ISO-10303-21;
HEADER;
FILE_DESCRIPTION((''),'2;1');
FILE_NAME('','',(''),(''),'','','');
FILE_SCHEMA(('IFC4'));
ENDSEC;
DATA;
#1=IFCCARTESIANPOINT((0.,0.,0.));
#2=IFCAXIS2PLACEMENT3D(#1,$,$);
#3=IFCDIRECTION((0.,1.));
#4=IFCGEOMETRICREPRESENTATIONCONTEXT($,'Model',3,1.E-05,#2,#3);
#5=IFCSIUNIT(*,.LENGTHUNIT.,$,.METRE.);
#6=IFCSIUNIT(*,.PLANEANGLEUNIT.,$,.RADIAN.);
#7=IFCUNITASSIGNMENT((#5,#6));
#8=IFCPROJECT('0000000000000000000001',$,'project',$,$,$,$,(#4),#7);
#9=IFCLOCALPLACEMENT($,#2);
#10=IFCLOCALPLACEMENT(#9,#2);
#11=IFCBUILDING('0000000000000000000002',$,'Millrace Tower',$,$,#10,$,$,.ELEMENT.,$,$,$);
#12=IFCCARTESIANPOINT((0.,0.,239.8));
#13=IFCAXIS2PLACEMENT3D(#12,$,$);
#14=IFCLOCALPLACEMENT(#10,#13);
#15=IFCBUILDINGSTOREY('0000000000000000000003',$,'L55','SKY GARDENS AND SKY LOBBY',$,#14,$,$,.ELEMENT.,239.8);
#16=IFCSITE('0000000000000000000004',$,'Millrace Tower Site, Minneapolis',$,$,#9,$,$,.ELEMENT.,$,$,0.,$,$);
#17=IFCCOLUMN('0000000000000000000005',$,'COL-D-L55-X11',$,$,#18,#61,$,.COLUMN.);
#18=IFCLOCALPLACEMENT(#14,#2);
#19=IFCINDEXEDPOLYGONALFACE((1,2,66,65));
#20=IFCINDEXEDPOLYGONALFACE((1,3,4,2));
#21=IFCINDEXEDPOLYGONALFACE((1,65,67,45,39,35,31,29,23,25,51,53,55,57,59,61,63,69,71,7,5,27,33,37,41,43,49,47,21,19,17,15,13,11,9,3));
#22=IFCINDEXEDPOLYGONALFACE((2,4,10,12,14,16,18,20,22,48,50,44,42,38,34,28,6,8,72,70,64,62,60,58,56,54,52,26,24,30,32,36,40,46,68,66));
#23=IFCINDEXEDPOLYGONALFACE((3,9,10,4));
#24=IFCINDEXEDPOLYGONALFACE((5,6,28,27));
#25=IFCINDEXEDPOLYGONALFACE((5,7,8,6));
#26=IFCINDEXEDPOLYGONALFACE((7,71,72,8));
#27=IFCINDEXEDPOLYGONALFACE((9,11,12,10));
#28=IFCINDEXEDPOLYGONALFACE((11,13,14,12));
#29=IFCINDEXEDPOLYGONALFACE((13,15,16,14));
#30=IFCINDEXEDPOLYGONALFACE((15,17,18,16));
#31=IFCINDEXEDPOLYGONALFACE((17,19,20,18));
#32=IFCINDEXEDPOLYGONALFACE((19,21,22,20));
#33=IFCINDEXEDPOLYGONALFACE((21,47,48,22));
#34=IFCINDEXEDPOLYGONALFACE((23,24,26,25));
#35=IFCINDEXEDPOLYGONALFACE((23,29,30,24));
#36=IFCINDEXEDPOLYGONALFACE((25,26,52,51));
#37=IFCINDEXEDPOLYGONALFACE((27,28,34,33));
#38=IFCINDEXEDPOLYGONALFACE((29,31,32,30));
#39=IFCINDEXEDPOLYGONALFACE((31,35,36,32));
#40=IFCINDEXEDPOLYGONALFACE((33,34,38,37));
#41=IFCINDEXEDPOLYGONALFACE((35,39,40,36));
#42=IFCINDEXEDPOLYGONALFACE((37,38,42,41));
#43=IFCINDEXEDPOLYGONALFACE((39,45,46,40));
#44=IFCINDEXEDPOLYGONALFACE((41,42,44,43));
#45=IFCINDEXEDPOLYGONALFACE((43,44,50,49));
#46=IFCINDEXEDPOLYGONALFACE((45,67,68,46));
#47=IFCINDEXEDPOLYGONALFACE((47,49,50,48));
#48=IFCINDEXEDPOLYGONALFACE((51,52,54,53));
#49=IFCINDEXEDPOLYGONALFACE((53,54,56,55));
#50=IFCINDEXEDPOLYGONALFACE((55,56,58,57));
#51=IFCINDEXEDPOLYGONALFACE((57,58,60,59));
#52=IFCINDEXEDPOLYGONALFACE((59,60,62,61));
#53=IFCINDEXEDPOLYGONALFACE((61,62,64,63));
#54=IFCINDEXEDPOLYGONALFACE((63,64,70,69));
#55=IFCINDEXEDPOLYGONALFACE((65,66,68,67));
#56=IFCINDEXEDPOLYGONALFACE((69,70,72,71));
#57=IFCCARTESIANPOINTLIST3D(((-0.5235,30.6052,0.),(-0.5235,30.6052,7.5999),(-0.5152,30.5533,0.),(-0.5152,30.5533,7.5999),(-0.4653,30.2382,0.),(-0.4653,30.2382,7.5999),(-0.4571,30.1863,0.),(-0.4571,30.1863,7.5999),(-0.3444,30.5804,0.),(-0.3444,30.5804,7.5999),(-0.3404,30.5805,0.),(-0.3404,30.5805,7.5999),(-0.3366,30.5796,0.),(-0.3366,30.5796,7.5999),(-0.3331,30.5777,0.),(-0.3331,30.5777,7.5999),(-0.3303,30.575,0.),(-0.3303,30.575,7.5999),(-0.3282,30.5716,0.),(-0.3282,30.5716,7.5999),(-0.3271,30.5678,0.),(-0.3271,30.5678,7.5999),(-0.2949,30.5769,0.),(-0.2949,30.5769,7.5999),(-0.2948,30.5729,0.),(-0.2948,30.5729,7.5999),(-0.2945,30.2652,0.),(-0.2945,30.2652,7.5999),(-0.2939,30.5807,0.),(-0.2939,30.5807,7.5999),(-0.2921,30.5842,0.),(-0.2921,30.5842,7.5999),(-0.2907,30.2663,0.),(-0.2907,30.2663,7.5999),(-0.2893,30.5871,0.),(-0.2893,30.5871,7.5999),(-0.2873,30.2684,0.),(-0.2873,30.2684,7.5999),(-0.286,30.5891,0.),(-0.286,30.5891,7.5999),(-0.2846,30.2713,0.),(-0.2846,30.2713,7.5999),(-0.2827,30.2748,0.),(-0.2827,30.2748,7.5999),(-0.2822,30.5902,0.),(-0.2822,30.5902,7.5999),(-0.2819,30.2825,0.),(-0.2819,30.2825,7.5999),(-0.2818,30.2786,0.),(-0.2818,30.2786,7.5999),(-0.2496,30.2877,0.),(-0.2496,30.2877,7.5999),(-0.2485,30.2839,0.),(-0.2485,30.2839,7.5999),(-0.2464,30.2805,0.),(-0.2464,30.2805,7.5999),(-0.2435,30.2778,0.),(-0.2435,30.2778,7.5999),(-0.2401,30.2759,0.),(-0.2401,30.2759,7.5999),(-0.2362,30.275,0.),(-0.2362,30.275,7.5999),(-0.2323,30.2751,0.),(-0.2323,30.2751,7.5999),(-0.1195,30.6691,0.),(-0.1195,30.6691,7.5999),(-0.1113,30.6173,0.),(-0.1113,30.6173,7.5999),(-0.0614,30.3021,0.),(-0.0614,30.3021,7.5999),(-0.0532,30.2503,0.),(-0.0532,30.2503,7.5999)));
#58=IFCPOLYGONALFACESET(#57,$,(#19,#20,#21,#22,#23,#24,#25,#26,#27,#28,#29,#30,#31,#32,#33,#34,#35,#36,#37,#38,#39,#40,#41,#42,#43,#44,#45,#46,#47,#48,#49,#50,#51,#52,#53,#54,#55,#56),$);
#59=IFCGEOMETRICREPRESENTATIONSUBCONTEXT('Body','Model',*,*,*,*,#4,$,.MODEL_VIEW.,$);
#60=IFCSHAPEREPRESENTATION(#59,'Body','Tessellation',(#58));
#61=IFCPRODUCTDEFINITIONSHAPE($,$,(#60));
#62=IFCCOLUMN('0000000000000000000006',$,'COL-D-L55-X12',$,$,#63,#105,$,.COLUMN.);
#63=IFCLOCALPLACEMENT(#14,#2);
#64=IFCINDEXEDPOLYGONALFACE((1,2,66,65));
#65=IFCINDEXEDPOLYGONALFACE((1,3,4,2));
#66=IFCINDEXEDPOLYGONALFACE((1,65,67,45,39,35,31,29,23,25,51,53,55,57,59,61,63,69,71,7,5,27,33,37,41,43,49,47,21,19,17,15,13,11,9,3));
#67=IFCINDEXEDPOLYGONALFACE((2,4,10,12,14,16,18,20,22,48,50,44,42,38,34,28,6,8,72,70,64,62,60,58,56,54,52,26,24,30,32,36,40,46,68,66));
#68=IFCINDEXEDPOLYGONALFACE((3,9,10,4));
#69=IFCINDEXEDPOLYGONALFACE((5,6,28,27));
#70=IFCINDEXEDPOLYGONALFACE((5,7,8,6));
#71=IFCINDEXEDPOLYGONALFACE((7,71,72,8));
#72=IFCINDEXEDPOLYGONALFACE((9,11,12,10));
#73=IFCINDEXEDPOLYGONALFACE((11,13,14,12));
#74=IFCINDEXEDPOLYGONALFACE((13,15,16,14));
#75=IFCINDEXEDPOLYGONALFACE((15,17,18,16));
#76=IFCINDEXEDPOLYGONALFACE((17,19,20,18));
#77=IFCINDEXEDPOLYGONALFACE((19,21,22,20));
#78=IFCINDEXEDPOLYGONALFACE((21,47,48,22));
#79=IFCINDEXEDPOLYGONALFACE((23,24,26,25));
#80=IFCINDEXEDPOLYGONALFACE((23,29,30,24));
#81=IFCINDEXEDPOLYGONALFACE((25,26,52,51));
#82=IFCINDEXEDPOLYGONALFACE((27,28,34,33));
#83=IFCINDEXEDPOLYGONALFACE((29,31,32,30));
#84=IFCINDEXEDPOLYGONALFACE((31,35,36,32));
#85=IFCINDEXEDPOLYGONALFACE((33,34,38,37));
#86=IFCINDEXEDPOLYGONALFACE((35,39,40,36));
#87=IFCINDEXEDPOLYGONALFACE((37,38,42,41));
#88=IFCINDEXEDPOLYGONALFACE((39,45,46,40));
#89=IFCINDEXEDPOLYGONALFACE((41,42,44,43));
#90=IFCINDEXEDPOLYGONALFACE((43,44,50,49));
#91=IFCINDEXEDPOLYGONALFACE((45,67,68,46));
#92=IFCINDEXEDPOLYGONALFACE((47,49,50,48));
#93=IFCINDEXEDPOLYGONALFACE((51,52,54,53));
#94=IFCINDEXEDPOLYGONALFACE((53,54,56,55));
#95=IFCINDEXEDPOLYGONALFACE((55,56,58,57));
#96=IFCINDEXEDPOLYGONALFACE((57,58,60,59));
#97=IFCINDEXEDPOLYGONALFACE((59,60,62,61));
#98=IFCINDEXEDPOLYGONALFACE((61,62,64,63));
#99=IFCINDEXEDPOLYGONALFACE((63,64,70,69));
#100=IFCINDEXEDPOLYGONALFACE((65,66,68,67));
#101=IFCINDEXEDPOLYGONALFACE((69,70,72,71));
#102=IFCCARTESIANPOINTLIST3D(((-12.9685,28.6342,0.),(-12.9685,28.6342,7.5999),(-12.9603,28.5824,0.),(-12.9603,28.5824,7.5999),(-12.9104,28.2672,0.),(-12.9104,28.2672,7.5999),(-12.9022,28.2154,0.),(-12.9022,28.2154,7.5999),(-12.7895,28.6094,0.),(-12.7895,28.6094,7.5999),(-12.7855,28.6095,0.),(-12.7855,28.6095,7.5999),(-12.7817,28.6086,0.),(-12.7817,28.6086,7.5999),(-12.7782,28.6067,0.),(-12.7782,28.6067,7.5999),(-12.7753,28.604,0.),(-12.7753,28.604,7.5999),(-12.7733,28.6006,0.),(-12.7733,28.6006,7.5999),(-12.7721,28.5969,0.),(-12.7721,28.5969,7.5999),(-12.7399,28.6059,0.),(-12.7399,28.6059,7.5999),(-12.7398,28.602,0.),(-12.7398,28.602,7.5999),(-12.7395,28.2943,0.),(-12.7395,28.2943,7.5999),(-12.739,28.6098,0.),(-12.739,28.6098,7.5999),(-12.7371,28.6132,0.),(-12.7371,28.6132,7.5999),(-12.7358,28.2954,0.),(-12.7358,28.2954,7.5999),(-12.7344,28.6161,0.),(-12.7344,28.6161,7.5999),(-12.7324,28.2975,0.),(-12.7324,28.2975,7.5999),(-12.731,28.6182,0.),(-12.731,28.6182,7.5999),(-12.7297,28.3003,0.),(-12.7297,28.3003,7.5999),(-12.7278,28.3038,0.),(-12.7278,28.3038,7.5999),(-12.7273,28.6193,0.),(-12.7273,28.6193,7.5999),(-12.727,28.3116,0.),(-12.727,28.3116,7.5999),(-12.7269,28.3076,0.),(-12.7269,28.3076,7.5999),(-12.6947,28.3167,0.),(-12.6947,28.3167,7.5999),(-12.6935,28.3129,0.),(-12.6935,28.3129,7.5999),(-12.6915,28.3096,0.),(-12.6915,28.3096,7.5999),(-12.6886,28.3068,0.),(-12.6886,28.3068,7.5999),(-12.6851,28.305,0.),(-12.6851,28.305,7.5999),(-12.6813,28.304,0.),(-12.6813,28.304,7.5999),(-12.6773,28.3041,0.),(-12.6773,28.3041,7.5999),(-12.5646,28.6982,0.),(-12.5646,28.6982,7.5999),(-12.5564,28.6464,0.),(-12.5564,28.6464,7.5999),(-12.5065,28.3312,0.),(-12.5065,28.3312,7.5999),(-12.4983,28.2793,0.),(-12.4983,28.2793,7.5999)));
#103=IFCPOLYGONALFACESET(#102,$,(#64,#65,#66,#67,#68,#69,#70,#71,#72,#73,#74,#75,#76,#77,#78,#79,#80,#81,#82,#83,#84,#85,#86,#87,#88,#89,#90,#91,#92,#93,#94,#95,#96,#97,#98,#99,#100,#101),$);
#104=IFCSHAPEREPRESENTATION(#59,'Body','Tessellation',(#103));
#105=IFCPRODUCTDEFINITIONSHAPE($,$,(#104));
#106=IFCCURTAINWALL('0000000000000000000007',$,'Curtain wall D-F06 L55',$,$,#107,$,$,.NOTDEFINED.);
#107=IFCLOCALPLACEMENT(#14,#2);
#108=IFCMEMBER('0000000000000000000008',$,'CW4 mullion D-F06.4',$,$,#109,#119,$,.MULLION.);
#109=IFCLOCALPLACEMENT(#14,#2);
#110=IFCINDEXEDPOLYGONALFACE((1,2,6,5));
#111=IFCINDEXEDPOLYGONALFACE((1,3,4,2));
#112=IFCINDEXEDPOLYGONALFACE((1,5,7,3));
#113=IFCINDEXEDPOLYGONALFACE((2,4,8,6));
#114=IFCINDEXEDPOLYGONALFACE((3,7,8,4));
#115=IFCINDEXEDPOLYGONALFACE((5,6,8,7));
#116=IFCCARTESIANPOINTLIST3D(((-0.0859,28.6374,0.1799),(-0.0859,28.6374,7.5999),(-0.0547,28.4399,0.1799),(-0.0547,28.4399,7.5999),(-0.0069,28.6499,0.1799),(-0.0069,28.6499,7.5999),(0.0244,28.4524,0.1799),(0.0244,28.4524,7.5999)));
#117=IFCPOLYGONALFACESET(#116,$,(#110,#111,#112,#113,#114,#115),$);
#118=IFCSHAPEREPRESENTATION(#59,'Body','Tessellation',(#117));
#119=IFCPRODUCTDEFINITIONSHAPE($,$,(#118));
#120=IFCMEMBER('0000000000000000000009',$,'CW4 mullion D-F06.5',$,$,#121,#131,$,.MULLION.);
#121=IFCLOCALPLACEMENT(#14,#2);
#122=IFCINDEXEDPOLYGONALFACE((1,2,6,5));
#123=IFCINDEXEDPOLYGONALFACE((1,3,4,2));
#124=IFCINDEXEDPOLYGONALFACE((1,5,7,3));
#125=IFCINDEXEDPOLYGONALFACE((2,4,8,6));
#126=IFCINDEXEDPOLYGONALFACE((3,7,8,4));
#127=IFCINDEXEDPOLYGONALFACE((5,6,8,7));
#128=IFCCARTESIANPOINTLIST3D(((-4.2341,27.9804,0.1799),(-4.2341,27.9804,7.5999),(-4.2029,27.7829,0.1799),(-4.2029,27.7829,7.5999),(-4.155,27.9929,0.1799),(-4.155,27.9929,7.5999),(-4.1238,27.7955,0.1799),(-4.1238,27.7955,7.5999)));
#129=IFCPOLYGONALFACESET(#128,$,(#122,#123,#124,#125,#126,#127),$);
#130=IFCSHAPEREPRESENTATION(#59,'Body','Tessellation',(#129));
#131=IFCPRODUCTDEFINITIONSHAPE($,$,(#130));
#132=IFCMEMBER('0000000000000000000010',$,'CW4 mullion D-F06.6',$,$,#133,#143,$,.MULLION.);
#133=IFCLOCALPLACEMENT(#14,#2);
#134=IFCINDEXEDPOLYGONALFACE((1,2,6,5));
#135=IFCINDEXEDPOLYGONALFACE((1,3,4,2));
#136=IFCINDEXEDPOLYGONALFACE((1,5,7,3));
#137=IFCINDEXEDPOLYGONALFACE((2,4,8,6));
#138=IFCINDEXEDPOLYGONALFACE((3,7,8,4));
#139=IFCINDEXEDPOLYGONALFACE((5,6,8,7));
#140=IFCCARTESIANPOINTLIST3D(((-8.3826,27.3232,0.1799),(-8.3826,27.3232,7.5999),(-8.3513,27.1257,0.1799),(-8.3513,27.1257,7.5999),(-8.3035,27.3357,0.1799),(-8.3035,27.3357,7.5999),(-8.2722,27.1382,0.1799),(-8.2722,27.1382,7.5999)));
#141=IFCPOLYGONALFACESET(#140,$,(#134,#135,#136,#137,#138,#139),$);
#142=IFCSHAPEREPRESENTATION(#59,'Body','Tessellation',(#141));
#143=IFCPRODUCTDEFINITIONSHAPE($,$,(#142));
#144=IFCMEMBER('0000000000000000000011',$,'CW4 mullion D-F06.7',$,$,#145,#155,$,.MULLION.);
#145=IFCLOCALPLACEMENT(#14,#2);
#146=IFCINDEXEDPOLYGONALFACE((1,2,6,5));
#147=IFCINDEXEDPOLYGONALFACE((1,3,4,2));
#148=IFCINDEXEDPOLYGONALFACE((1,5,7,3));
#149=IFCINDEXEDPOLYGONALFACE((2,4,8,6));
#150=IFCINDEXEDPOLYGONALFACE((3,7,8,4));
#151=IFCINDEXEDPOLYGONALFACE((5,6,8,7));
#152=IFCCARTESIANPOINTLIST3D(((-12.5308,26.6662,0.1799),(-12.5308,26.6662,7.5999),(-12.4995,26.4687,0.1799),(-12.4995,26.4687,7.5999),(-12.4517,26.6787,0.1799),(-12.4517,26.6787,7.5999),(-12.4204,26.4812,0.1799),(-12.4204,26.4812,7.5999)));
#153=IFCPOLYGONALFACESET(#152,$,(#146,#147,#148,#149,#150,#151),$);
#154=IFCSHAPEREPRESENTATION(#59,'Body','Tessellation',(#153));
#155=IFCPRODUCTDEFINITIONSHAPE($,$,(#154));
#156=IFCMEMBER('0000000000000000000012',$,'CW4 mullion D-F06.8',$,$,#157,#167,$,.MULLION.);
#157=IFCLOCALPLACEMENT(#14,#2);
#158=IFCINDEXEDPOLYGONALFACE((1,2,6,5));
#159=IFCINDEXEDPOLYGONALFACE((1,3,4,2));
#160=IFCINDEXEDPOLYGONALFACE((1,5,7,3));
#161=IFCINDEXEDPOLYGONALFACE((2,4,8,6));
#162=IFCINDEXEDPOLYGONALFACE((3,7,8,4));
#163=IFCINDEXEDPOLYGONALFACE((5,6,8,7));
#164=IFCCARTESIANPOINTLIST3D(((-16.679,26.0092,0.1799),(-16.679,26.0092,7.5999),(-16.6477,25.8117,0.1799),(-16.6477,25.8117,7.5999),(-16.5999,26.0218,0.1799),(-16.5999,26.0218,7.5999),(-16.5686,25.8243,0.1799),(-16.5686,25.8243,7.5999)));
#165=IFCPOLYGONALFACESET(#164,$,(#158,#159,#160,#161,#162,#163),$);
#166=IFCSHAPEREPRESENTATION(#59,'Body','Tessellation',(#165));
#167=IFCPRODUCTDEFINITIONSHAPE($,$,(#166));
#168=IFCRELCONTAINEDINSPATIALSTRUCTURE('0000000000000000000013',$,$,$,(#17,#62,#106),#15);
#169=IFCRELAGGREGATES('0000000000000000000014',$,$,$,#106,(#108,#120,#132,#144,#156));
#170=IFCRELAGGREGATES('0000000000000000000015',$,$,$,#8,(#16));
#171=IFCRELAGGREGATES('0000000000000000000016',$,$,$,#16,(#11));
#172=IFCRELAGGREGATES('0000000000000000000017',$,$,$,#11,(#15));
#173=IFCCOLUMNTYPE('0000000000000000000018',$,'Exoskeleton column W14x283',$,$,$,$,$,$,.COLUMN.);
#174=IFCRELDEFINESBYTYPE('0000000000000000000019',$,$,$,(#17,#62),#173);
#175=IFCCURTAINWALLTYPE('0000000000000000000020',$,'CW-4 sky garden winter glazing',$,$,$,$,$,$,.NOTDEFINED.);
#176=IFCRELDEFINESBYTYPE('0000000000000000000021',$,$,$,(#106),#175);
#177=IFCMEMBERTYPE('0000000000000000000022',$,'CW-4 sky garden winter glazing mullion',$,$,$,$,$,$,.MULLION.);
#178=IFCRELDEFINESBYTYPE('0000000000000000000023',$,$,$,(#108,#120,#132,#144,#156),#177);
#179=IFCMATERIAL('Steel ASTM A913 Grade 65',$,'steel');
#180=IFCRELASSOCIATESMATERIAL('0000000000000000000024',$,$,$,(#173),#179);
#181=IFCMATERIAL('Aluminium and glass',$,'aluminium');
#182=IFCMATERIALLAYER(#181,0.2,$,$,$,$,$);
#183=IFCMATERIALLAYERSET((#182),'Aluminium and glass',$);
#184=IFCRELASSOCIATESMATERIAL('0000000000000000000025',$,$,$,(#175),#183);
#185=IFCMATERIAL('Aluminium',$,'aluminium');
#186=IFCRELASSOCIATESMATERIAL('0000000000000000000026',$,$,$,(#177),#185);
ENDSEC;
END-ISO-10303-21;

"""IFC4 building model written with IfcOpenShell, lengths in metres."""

from ifc_helpers import new_model, si_unit, direction, frame, origin, origin_2d, place, context, subcontext, project, spatial, rectangle, i_section, extrude, material, layer, layer_set, material_profile, profile_set, type_object, element, aggregate, save


model = new_model("IFC4")

# Units and contexts
model_context = context("Model", 3, precision=1e-05, world=origin(), true_north=direction((0.0, 1.0)))
body_context = subcontext(model_context, "Body", "Model", "MODEL_VIEW")
ifc_project = project(units=[si_unit("LENGTHUNIT", "METRE"), si_unit("PLANEANGLEUNIT", "RADIAN")], contexts=[model_context])

# Site, building, storey
site_placement = place(None, origin())
site = spatial("IfcSite", under=ifc_project, at=site_placement, Name="Millrace Tower Site, Minneapolis", CompositionType="ELEMENT", RefElevation=0.0)
building_placement = place(site_placement, origin())
building = spatial("IfcBuilding", under=site, at=building_placement, Name="Millrace Tower", CompositionType="ELEMENT")
storey_placement = place(building_placement, frame((0.0, 0.0, 239.8)))
storey = spatial("IfcBuildingStorey", under=building, at=storey_placement, Name="L55", Description="SKY GARDENS AND SKY LOBBY", CompositionType="ELEMENT", Elevation=239.8)

# Columns
ifc_material_1 = material(Name="Steel ASTM A913 Grade 65", Category="steel")
ifc_material_profile_1 = material_profile(ifc_material_1, i_section(OverallWidth=0.4089, OverallDepth=0.4241, WebThickness=0.0327, FlangeThickness=0.0525, FilletRadius=0.0151, at=origin_2d()))
ifc_profile_set_1 = profile_set([ifc_material_profile_1], Name="Steel ASTM A913 Grade 65")
column_type = type_object("IfcColumnType", Name="Exoskeleton column W14x283", PredefinedType="COLUMN", material=ifc_profile_set_1)
for number, where, z_axis, x_axis, name in (
    (1, (-0.2883, 30.4277, 0.0), (0.0, 0.0, 1.0), (-0.987688, -0.156434, 0.0), "COL-D-L55-X11"),
    (2, (-12.7334, 28.4568, 0.0), (0.0, 0.0, 1.0), (-0.987688, -0.156434, 0.0), "COL-D-L55-X12"),
):
    element("IfcColumn", number, at=place(storey_placement, frame(where, z_axis=z_axis, x_axis=x_axis)), inside=storey, type_object=column_type, Name=name, PredefinedType="COLUMN", context=body_context, shape_type="SweptSolid", body=[
        extrude(i_section(OverallWidth=0.4089, OverallDepth=0.4241, WebThickness=0.0327, FlangeThickness=0.0525, FilletRadius=0.0151, at=origin_2d()), origin(), (0.0, 0.0, 1.0), 7.5999),
    ])

# Curtain wall, members
ifc_material_2 = material(Name="Aluminium and glass", Category="aluminium")
ifc_layer_1 = layer(ifc_material_2, 0.2)
ifc_layer_set_1 = layer_set([ifc_layer_1], Name="Aluminium and glass")
curtain_wall_type = type_object("IfcCurtainWallType", Name="CW-4 sky garden winter glazing", PredefinedType="NOTDEFINED", material=ifc_layer_set_1)
curtain_wall_placement = place(storey_placement, origin())
curtain_wall = element("IfcCurtainWall", 3, at=curtain_wall_placement, inside=storey, type_object=curtain_wall_type, Name="Curtain wall D-F06 L55", PredefinedType="NOTDEFINED")
ifc_material_3 = material(Name="Aluminium", Category="aluminium")
ifc_material_profile_2 = material_profile(ifc_material_3, rectangle(XDim=0.0801, YDim=0.2, at=origin_2d()))
ifc_profile_set_2 = profile_set([ifc_material_profile_2], Name="Aluminium")
member_type = type_object("IfcMemberType", Name="CW-4 sky garden winter glazing mullion", PredefinedType="MULLION", material=ifc_profile_set_2)
member_1_placement = place(storey_placement, frame((-0.0308, 28.5449, 0.1799), z_axis=(0.0, 0.0, 1.0), x_axis=(-0.987688, -0.156434, 0.0)))
member_1 = element("IfcMember", 4, at=member_1_placement, type_object=member_type, Name="CW4 mullion D-F06.4", PredefinedType="MULLION", context=body_context, shape_type="SweptSolid", body=[
    extrude(rectangle(XDim=0.0801, YDim=0.2, at=origin_2d()), origin(), (0.0, 0.0, 1.0), 7.4199),
])
member_2_placement = place(storey_placement, frame((-4.179, 27.8879, 0.1799), z_axis=(0.0, 0.0, 1.0), x_axis=(-0.987688, -0.156434, 0.0)))
member_2 = element("IfcMember", 5, at=member_2_placement, type_object=member_type, Name="CW4 mullion D-F06.5", PredefinedType="MULLION", context=body_context, shape_type="SweptSolid", body=[
    extrude(rectangle(XDim=0.0801, YDim=0.2, at=origin_2d()), origin(), (0.0, 0.0, 1.0), 7.4199),
])
member_3_placement = place(storey_placement, frame((-8.3274, 27.2307, 0.1799), z_axis=(0.0, 0.0, 1.0), x_axis=(-0.987688, -0.156434, 0.0)))
member_3 = element("IfcMember", 6, at=member_3_placement, type_object=member_type, Name="CW4 mullion D-F06.6", PredefinedType="MULLION", context=body_context, shape_type="SweptSolid", body=[
    extrude(rectangle(XDim=0.0801, YDim=0.2, at=origin_2d()), origin(), (0.0, 0.0, 1.0), 7.4199),
])
member_4_placement = place(storey_placement, frame((-12.4756, 26.5737, 0.1799), z_axis=(0.0, 0.0, 1.0), x_axis=(-0.987688, -0.156434, 0.0)))
member_4 = element("IfcMember", 7, at=member_4_placement, type_object=member_type, Name="CW4 mullion D-F06.7", PredefinedType="MULLION", context=body_context, shape_type="SweptSolid", body=[
    extrude(rectangle(XDim=0.0801, YDim=0.2, at=origin_2d()), origin(), (0.0, 0.0, 1.0), 7.4199),
])
member_5_placement = place(storey_placement, frame((-16.6238, 25.9167, 0.1799), z_axis=(0.0, 0.0, 1.0), x_axis=(-0.987688, -0.156434, 0.0)))
member_5 = element("IfcMember", 8, at=member_5_placement, type_object=member_type, Name="CW4 mullion D-F06.8", PredefinedType="MULLION", context=body_context, shape_type="SweptSolid", body=[
    extrude(rectangle(XDim=0.0801, YDim=0.2, at=origin_2d()), origin(), (0.0, 0.0, 1.0), 7.4199),
])
aggregate(curtain_wall, [member_1, member_2, member_3, member_4, member_5])

save(model, "model.ifc")
